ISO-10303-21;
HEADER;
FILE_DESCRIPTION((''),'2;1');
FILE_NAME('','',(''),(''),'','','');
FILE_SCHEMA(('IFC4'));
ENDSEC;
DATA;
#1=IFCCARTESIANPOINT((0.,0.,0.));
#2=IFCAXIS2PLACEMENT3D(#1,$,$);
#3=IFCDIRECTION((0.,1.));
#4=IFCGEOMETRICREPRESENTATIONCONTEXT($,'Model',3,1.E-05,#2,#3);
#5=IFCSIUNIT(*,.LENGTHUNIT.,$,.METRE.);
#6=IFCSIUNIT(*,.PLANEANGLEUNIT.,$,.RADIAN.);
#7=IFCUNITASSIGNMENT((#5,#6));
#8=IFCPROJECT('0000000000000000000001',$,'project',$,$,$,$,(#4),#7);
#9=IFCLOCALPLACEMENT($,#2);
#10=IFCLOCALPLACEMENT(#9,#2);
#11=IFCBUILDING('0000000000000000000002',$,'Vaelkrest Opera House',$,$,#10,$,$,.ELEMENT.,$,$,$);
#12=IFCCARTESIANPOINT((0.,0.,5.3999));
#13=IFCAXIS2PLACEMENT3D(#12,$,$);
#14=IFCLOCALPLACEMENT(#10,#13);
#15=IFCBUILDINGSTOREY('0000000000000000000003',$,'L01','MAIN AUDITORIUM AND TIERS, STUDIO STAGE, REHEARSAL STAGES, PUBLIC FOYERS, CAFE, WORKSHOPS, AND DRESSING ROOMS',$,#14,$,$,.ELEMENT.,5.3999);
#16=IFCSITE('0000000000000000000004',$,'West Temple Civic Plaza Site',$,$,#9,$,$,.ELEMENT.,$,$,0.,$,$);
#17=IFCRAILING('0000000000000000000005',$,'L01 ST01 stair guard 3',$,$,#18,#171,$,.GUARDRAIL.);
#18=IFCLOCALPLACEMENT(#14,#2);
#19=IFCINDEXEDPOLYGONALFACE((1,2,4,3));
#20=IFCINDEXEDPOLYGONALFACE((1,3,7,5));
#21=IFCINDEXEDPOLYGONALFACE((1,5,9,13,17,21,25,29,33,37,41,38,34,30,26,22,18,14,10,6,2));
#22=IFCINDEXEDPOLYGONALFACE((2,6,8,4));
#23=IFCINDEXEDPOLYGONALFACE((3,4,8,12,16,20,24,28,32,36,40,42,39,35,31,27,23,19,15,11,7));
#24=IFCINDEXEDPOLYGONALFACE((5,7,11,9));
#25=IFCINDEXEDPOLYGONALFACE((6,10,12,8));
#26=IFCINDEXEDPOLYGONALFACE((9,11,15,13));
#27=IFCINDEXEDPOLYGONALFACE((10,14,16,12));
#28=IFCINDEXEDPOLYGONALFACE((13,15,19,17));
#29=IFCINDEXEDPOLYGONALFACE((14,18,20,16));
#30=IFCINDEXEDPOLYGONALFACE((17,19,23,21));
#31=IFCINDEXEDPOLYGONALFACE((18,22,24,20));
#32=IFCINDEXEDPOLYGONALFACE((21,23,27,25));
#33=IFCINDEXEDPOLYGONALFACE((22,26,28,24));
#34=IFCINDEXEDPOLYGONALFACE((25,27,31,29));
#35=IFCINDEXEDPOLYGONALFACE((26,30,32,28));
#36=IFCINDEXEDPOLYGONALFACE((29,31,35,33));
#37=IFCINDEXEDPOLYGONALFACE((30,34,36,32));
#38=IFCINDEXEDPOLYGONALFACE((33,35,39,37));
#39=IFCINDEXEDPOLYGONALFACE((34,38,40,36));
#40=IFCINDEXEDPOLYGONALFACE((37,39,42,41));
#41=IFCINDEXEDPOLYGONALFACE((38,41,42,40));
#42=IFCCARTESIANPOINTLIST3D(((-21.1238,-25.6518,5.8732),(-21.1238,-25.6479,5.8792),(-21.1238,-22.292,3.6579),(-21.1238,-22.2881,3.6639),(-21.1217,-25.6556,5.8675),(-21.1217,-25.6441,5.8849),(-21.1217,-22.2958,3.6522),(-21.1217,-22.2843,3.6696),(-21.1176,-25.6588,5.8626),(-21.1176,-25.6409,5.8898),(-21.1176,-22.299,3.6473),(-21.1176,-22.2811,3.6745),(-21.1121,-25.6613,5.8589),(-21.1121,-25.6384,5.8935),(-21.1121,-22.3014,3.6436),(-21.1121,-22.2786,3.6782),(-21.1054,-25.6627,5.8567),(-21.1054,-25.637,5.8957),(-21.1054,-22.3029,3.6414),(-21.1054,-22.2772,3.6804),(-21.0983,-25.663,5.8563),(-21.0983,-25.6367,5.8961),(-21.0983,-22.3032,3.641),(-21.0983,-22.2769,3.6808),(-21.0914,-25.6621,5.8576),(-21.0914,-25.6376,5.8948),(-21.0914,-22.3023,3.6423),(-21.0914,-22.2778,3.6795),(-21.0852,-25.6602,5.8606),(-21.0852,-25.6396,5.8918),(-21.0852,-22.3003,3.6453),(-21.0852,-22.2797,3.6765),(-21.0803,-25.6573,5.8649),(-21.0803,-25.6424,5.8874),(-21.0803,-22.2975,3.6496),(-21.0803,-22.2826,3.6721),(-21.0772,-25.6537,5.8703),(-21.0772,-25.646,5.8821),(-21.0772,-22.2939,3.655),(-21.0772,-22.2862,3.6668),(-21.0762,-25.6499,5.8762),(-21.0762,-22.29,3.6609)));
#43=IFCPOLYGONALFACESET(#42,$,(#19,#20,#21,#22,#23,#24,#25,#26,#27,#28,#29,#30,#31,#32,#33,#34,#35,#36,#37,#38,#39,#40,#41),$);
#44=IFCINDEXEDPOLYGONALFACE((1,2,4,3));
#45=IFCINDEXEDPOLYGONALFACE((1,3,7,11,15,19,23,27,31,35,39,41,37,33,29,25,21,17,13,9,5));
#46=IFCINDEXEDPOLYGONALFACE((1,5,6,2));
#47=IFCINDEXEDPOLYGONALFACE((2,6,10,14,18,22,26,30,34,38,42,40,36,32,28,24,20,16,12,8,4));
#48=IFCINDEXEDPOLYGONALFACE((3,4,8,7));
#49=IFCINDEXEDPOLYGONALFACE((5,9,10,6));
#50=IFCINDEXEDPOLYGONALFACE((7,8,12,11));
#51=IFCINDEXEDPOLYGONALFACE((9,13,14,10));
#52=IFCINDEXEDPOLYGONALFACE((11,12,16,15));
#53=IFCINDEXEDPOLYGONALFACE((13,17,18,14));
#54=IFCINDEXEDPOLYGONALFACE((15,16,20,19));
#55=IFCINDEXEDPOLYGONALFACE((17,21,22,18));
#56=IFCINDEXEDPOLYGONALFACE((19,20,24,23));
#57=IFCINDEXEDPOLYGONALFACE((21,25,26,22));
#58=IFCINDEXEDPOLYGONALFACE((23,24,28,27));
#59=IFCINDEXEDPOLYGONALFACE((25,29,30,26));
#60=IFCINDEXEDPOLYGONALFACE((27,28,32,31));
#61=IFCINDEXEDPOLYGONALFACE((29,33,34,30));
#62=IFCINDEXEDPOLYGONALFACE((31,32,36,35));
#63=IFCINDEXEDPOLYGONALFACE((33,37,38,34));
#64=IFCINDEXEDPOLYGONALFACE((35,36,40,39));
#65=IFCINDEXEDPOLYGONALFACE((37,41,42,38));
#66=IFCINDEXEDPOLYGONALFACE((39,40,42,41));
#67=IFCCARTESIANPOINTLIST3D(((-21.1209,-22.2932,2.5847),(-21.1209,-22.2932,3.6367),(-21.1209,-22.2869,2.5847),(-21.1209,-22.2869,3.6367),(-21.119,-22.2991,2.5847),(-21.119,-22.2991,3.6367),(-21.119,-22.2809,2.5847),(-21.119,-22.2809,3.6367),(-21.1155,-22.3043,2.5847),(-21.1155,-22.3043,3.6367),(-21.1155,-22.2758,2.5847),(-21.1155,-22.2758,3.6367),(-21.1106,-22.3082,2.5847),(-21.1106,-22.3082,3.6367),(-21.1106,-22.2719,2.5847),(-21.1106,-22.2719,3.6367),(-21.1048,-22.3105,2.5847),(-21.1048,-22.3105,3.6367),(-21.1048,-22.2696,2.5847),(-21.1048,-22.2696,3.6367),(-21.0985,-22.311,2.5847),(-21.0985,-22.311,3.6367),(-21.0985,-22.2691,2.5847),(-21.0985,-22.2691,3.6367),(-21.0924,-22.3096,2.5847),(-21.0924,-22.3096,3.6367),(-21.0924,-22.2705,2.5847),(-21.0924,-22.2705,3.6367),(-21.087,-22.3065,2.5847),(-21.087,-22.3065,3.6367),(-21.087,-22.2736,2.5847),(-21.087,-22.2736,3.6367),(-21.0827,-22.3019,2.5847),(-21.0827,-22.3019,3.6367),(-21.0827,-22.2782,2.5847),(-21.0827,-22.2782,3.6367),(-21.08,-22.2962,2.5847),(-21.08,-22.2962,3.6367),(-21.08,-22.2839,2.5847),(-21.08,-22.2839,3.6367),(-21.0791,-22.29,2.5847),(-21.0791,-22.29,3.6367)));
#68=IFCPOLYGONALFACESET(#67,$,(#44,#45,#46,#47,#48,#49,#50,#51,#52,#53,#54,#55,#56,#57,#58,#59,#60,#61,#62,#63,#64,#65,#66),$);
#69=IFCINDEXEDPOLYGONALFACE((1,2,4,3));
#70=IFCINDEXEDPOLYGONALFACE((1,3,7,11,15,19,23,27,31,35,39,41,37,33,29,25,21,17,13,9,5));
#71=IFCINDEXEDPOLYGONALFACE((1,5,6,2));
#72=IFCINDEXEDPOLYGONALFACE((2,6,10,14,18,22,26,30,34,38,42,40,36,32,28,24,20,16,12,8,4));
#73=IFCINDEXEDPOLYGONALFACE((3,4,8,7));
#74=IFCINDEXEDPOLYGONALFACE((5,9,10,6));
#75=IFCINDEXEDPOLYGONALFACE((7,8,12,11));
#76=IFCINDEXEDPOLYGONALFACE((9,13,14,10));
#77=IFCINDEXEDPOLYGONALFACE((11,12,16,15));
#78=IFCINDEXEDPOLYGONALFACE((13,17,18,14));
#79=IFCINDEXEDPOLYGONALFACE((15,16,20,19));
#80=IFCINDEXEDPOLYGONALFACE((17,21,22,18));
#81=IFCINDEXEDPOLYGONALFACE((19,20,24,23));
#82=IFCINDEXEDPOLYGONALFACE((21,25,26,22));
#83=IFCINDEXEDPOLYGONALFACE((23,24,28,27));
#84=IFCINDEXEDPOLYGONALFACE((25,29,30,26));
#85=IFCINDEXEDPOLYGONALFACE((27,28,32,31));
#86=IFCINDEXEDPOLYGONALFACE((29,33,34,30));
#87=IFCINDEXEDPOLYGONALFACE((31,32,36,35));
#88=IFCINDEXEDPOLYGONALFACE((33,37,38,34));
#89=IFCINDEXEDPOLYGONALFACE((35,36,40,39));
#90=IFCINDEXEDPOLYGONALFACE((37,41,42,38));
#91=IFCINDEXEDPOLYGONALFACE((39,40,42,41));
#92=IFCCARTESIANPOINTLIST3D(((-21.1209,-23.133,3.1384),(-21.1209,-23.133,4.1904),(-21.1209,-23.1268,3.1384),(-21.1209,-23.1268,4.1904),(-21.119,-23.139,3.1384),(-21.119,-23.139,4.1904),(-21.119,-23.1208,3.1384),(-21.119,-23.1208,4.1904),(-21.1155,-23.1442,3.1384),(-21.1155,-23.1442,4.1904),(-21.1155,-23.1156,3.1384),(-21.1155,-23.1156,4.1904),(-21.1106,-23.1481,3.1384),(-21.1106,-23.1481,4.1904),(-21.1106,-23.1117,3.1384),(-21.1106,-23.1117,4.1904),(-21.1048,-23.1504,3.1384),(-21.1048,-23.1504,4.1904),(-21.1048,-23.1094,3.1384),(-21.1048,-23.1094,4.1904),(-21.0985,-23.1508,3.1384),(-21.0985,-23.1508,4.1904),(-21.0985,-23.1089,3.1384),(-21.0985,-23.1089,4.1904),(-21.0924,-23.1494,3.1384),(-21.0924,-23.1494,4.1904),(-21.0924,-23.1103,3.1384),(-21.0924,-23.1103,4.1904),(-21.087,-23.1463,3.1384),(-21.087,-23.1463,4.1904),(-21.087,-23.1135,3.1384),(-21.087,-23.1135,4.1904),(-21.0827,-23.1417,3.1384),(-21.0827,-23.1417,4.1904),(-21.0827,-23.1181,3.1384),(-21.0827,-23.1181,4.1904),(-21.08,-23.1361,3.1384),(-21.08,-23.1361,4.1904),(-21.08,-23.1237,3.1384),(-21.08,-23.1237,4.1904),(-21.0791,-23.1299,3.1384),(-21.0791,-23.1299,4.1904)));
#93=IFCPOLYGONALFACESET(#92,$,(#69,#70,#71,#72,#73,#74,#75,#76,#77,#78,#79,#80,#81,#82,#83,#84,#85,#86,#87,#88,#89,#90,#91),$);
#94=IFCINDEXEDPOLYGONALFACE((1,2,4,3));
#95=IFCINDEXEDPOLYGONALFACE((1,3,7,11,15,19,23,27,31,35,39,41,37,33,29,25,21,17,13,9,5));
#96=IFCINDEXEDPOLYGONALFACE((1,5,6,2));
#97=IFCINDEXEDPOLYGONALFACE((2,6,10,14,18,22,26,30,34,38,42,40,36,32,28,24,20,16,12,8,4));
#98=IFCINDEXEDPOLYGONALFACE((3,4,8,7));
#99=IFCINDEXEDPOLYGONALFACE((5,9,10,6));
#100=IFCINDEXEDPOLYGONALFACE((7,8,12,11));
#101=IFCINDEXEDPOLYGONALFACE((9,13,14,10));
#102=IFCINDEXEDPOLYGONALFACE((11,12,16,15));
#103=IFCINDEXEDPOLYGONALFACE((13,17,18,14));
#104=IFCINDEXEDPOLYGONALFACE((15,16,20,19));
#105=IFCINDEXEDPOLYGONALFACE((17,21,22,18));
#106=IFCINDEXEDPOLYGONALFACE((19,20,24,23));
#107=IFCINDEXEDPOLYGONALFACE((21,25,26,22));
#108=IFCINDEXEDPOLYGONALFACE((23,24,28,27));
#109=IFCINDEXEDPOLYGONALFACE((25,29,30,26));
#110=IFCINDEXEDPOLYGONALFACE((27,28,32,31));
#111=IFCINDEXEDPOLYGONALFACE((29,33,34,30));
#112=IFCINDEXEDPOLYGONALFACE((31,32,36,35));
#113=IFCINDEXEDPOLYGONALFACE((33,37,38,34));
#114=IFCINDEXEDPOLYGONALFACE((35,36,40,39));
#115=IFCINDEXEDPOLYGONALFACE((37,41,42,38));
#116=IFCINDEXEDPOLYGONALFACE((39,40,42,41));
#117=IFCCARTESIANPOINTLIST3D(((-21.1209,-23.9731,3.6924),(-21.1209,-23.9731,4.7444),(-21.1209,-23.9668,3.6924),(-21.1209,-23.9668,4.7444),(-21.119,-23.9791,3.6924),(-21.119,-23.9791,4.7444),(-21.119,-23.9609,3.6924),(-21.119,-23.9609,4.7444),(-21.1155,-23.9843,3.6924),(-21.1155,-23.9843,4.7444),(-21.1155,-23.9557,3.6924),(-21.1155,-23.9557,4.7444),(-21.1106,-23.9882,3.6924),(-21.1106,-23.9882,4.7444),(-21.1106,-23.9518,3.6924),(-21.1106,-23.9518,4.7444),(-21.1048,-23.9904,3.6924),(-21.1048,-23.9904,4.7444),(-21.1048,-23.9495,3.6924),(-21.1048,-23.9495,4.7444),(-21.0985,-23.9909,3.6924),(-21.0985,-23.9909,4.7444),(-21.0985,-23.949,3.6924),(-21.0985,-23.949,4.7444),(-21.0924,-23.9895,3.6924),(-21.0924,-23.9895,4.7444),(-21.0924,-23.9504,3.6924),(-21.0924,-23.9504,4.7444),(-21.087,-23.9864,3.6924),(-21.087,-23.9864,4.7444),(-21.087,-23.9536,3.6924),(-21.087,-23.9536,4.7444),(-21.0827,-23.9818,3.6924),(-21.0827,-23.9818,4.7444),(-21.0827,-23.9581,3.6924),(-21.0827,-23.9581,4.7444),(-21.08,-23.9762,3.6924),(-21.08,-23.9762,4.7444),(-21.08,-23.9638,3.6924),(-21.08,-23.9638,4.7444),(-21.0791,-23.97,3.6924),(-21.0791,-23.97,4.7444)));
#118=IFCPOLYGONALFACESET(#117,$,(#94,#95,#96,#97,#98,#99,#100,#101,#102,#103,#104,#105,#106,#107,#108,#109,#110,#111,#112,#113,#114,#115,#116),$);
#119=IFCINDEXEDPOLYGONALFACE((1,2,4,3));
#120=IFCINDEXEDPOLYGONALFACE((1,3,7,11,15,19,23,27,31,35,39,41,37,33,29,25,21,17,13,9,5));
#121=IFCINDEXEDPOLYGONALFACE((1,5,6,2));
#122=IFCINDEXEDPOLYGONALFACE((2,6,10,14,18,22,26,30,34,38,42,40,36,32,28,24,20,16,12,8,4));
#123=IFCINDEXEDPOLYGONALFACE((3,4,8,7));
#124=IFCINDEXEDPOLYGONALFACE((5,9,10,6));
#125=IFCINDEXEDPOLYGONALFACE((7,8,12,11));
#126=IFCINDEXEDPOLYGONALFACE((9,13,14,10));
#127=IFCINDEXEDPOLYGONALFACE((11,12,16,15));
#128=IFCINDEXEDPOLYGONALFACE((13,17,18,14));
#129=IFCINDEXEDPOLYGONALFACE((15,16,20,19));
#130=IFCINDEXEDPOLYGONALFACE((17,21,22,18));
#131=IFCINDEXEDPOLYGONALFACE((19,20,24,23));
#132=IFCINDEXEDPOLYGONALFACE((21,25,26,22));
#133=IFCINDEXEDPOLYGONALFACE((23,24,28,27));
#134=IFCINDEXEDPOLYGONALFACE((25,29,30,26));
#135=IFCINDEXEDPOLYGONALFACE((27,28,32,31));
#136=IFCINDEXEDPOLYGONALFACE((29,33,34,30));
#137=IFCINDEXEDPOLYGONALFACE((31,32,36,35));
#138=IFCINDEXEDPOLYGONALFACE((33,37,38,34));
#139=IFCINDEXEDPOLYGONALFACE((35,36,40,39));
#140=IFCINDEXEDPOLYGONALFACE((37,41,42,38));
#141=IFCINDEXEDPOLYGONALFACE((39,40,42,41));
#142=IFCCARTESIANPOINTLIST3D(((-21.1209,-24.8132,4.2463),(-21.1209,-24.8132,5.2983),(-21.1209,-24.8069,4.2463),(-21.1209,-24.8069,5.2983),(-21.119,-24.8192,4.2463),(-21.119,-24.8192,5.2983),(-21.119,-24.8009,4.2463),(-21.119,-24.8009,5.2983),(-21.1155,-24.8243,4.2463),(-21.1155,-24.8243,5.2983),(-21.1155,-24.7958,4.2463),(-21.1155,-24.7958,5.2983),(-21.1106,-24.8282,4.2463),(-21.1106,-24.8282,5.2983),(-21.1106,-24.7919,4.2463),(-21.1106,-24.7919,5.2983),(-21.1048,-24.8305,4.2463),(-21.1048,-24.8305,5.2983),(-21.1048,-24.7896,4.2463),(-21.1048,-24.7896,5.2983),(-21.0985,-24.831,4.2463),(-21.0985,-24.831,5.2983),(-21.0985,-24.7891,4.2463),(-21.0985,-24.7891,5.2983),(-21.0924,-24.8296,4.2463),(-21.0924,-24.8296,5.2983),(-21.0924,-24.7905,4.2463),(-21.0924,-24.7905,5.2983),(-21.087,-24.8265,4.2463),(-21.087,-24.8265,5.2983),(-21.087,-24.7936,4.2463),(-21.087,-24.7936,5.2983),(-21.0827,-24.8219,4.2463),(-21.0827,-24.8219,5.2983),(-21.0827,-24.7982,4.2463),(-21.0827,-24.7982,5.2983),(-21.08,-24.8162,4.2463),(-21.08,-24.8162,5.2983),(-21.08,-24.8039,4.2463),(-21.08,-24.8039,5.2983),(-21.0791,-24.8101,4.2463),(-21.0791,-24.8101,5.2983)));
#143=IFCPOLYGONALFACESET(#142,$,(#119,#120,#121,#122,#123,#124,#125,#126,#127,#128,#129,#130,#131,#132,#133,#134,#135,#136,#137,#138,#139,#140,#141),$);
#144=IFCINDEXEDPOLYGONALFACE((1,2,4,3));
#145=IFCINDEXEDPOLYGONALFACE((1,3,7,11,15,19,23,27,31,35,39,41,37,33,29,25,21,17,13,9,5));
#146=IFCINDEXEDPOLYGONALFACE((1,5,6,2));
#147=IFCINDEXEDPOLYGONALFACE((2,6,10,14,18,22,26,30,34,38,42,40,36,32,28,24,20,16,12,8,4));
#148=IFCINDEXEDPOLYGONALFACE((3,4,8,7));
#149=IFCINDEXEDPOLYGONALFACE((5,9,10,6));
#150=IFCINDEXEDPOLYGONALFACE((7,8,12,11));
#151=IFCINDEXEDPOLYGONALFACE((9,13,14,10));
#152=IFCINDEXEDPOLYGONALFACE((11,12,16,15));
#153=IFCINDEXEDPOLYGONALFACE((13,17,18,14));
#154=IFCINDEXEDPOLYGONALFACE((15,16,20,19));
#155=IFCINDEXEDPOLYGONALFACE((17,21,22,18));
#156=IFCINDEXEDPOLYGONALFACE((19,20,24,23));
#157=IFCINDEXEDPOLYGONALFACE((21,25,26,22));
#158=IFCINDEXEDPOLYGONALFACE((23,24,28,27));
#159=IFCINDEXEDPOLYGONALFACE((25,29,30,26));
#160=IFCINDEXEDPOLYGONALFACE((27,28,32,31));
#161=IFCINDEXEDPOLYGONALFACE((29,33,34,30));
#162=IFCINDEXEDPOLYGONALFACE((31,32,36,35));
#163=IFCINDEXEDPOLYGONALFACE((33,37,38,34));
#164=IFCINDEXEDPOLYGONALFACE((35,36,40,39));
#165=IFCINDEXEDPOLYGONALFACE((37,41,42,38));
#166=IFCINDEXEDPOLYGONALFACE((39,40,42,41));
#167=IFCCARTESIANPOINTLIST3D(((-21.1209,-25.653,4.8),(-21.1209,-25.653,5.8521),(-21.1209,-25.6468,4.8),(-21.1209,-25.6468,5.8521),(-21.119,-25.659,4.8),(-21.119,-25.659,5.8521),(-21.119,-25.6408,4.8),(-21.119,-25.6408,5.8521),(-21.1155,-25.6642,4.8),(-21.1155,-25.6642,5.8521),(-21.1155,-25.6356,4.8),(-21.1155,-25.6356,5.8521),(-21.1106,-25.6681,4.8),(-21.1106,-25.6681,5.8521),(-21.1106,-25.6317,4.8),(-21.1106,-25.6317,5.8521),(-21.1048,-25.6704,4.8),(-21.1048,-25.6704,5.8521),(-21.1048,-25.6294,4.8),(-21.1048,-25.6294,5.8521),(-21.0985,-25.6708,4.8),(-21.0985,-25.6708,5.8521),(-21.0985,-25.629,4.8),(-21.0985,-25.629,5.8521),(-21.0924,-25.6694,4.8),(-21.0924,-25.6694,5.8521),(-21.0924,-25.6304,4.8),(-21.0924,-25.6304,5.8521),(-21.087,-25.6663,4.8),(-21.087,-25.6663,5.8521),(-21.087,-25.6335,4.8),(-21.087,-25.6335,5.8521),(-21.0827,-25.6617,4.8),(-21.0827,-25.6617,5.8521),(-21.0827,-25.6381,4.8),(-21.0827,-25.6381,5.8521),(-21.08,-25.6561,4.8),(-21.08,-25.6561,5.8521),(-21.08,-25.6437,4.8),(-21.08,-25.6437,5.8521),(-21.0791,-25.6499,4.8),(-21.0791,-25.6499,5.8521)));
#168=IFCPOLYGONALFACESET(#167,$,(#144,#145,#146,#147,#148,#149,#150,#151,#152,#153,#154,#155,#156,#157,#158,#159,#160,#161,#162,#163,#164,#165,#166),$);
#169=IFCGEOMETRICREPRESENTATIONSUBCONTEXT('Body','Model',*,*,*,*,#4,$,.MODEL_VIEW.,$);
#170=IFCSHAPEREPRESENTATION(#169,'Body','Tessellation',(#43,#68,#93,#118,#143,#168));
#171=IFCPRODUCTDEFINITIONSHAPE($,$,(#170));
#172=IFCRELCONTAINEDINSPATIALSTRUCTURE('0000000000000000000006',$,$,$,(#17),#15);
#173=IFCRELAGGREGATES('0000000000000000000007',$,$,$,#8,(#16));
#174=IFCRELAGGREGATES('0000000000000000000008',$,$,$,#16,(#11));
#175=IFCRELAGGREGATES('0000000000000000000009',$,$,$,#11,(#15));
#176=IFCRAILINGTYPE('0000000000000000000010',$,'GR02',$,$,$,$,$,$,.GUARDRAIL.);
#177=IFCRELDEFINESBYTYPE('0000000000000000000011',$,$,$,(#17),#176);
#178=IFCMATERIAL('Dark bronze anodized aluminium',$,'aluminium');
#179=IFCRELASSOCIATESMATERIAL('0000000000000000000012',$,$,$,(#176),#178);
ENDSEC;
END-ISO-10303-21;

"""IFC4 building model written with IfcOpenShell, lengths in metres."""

from ifc_helpers import new_model, si_unit, direction, frame, origin, origin_2d, place, context, subcontext, project, spatial, circle, extrude, material, type_object, element, save


model = new_model("IFC4")

# Units and contexts
model_context = context("Model", 3, precision=1e-05, world=origin(), true_north=direction((0.0, 1.0)))
body_context = subcontext(model_context, "Body", "Model", "MODEL_VIEW")
ifc_project = project(units=[si_unit("LENGTHUNIT", "METRE"), si_unit("PLANEANGLEUNIT", "RADIAN")], contexts=[model_context])

# Site, building, storey
site_placement = place(None, origin())
site = spatial("IfcSite", under=ifc_project, at=site_placement, Name="West Temple Civic Plaza Site", CompositionType="ELEMENT", RefElevation=0.0)
building_placement = place(site_placement, origin())
building = spatial("IfcBuilding", under=site, at=building_placement, Name="Vaelkrest Opera House", CompositionType="ELEMENT")
storey_placement = place(building_placement, frame((0.0, 0.0, 5.3999)))
storey = spatial("IfcBuildingStorey", under=building, at=storey_placement, Name="L01", Description="MAIN AUDITORIUM AND TIERS, STUDIO STAGE, REHEARSAL STAGES, PUBLIC FOYERS, CAFE, WORKSHOPS, AND DRESSING ROOMS", CompositionType="ELEMENT", Elevation=5.3999)

# Shared definitions
ifc_material_1 = material(Name="Dark bronze anodized aluminium", Category="aluminium")

# Railing
railing_type_1 = type_object("IfcRailingType", Name="GR02", PredefinedType="GUARDRAIL", material=ifc_material_1)
railing_1_placement = place(storey_placement, frame((-21.1001, -22.29, 2.5847)))
element("IfcRailing", 1, at=railing_1_placement, inside=storey, type_object=railing_type_1, Name="L01 ST01 stair guard 3", PredefinedType="GUARDRAIL", context=body_context, shape_type="SweptSolid", body=[
    extrude(circle(Radius=0.0239, at=origin_2d()), frame((0.0, 0.0, 1.0762), z_axis=(0.0, -0.834858, 0.550465), x_axis=(1.0, 0.0, 0.0)), (0.0, 0.0, 1.0), 4.0244),
    extrude(circle(Radius=0.021, at=origin_2d()), origin(), (0.0, 0.0, 1.0), 1.052),
    extrude(circle(Radius=0.021, at=origin_2d()), frame((0.0, -0.8398, 0.5537)), (0.0, 0.0, 1.0), 1.052),
    extrude(circle(Radius=0.021, at=origin_2d()), frame((0.0, -1.6799, 1.1077)), (0.0, 0.0, 1.0), 1.052),
    extrude(circle(Radius=0.021, at=origin_2d()), frame((0.0, -2.52, 1.6616)), (0.0, 0.0, 1.0), 1.052),
    extrude(circle(Radius=0.021, at=origin_2d()), frame((0.0, -3.3599, 2.2153)), (0.0, 0.0, 1.0), 1.052),
])

save(model, "model.ifc")
